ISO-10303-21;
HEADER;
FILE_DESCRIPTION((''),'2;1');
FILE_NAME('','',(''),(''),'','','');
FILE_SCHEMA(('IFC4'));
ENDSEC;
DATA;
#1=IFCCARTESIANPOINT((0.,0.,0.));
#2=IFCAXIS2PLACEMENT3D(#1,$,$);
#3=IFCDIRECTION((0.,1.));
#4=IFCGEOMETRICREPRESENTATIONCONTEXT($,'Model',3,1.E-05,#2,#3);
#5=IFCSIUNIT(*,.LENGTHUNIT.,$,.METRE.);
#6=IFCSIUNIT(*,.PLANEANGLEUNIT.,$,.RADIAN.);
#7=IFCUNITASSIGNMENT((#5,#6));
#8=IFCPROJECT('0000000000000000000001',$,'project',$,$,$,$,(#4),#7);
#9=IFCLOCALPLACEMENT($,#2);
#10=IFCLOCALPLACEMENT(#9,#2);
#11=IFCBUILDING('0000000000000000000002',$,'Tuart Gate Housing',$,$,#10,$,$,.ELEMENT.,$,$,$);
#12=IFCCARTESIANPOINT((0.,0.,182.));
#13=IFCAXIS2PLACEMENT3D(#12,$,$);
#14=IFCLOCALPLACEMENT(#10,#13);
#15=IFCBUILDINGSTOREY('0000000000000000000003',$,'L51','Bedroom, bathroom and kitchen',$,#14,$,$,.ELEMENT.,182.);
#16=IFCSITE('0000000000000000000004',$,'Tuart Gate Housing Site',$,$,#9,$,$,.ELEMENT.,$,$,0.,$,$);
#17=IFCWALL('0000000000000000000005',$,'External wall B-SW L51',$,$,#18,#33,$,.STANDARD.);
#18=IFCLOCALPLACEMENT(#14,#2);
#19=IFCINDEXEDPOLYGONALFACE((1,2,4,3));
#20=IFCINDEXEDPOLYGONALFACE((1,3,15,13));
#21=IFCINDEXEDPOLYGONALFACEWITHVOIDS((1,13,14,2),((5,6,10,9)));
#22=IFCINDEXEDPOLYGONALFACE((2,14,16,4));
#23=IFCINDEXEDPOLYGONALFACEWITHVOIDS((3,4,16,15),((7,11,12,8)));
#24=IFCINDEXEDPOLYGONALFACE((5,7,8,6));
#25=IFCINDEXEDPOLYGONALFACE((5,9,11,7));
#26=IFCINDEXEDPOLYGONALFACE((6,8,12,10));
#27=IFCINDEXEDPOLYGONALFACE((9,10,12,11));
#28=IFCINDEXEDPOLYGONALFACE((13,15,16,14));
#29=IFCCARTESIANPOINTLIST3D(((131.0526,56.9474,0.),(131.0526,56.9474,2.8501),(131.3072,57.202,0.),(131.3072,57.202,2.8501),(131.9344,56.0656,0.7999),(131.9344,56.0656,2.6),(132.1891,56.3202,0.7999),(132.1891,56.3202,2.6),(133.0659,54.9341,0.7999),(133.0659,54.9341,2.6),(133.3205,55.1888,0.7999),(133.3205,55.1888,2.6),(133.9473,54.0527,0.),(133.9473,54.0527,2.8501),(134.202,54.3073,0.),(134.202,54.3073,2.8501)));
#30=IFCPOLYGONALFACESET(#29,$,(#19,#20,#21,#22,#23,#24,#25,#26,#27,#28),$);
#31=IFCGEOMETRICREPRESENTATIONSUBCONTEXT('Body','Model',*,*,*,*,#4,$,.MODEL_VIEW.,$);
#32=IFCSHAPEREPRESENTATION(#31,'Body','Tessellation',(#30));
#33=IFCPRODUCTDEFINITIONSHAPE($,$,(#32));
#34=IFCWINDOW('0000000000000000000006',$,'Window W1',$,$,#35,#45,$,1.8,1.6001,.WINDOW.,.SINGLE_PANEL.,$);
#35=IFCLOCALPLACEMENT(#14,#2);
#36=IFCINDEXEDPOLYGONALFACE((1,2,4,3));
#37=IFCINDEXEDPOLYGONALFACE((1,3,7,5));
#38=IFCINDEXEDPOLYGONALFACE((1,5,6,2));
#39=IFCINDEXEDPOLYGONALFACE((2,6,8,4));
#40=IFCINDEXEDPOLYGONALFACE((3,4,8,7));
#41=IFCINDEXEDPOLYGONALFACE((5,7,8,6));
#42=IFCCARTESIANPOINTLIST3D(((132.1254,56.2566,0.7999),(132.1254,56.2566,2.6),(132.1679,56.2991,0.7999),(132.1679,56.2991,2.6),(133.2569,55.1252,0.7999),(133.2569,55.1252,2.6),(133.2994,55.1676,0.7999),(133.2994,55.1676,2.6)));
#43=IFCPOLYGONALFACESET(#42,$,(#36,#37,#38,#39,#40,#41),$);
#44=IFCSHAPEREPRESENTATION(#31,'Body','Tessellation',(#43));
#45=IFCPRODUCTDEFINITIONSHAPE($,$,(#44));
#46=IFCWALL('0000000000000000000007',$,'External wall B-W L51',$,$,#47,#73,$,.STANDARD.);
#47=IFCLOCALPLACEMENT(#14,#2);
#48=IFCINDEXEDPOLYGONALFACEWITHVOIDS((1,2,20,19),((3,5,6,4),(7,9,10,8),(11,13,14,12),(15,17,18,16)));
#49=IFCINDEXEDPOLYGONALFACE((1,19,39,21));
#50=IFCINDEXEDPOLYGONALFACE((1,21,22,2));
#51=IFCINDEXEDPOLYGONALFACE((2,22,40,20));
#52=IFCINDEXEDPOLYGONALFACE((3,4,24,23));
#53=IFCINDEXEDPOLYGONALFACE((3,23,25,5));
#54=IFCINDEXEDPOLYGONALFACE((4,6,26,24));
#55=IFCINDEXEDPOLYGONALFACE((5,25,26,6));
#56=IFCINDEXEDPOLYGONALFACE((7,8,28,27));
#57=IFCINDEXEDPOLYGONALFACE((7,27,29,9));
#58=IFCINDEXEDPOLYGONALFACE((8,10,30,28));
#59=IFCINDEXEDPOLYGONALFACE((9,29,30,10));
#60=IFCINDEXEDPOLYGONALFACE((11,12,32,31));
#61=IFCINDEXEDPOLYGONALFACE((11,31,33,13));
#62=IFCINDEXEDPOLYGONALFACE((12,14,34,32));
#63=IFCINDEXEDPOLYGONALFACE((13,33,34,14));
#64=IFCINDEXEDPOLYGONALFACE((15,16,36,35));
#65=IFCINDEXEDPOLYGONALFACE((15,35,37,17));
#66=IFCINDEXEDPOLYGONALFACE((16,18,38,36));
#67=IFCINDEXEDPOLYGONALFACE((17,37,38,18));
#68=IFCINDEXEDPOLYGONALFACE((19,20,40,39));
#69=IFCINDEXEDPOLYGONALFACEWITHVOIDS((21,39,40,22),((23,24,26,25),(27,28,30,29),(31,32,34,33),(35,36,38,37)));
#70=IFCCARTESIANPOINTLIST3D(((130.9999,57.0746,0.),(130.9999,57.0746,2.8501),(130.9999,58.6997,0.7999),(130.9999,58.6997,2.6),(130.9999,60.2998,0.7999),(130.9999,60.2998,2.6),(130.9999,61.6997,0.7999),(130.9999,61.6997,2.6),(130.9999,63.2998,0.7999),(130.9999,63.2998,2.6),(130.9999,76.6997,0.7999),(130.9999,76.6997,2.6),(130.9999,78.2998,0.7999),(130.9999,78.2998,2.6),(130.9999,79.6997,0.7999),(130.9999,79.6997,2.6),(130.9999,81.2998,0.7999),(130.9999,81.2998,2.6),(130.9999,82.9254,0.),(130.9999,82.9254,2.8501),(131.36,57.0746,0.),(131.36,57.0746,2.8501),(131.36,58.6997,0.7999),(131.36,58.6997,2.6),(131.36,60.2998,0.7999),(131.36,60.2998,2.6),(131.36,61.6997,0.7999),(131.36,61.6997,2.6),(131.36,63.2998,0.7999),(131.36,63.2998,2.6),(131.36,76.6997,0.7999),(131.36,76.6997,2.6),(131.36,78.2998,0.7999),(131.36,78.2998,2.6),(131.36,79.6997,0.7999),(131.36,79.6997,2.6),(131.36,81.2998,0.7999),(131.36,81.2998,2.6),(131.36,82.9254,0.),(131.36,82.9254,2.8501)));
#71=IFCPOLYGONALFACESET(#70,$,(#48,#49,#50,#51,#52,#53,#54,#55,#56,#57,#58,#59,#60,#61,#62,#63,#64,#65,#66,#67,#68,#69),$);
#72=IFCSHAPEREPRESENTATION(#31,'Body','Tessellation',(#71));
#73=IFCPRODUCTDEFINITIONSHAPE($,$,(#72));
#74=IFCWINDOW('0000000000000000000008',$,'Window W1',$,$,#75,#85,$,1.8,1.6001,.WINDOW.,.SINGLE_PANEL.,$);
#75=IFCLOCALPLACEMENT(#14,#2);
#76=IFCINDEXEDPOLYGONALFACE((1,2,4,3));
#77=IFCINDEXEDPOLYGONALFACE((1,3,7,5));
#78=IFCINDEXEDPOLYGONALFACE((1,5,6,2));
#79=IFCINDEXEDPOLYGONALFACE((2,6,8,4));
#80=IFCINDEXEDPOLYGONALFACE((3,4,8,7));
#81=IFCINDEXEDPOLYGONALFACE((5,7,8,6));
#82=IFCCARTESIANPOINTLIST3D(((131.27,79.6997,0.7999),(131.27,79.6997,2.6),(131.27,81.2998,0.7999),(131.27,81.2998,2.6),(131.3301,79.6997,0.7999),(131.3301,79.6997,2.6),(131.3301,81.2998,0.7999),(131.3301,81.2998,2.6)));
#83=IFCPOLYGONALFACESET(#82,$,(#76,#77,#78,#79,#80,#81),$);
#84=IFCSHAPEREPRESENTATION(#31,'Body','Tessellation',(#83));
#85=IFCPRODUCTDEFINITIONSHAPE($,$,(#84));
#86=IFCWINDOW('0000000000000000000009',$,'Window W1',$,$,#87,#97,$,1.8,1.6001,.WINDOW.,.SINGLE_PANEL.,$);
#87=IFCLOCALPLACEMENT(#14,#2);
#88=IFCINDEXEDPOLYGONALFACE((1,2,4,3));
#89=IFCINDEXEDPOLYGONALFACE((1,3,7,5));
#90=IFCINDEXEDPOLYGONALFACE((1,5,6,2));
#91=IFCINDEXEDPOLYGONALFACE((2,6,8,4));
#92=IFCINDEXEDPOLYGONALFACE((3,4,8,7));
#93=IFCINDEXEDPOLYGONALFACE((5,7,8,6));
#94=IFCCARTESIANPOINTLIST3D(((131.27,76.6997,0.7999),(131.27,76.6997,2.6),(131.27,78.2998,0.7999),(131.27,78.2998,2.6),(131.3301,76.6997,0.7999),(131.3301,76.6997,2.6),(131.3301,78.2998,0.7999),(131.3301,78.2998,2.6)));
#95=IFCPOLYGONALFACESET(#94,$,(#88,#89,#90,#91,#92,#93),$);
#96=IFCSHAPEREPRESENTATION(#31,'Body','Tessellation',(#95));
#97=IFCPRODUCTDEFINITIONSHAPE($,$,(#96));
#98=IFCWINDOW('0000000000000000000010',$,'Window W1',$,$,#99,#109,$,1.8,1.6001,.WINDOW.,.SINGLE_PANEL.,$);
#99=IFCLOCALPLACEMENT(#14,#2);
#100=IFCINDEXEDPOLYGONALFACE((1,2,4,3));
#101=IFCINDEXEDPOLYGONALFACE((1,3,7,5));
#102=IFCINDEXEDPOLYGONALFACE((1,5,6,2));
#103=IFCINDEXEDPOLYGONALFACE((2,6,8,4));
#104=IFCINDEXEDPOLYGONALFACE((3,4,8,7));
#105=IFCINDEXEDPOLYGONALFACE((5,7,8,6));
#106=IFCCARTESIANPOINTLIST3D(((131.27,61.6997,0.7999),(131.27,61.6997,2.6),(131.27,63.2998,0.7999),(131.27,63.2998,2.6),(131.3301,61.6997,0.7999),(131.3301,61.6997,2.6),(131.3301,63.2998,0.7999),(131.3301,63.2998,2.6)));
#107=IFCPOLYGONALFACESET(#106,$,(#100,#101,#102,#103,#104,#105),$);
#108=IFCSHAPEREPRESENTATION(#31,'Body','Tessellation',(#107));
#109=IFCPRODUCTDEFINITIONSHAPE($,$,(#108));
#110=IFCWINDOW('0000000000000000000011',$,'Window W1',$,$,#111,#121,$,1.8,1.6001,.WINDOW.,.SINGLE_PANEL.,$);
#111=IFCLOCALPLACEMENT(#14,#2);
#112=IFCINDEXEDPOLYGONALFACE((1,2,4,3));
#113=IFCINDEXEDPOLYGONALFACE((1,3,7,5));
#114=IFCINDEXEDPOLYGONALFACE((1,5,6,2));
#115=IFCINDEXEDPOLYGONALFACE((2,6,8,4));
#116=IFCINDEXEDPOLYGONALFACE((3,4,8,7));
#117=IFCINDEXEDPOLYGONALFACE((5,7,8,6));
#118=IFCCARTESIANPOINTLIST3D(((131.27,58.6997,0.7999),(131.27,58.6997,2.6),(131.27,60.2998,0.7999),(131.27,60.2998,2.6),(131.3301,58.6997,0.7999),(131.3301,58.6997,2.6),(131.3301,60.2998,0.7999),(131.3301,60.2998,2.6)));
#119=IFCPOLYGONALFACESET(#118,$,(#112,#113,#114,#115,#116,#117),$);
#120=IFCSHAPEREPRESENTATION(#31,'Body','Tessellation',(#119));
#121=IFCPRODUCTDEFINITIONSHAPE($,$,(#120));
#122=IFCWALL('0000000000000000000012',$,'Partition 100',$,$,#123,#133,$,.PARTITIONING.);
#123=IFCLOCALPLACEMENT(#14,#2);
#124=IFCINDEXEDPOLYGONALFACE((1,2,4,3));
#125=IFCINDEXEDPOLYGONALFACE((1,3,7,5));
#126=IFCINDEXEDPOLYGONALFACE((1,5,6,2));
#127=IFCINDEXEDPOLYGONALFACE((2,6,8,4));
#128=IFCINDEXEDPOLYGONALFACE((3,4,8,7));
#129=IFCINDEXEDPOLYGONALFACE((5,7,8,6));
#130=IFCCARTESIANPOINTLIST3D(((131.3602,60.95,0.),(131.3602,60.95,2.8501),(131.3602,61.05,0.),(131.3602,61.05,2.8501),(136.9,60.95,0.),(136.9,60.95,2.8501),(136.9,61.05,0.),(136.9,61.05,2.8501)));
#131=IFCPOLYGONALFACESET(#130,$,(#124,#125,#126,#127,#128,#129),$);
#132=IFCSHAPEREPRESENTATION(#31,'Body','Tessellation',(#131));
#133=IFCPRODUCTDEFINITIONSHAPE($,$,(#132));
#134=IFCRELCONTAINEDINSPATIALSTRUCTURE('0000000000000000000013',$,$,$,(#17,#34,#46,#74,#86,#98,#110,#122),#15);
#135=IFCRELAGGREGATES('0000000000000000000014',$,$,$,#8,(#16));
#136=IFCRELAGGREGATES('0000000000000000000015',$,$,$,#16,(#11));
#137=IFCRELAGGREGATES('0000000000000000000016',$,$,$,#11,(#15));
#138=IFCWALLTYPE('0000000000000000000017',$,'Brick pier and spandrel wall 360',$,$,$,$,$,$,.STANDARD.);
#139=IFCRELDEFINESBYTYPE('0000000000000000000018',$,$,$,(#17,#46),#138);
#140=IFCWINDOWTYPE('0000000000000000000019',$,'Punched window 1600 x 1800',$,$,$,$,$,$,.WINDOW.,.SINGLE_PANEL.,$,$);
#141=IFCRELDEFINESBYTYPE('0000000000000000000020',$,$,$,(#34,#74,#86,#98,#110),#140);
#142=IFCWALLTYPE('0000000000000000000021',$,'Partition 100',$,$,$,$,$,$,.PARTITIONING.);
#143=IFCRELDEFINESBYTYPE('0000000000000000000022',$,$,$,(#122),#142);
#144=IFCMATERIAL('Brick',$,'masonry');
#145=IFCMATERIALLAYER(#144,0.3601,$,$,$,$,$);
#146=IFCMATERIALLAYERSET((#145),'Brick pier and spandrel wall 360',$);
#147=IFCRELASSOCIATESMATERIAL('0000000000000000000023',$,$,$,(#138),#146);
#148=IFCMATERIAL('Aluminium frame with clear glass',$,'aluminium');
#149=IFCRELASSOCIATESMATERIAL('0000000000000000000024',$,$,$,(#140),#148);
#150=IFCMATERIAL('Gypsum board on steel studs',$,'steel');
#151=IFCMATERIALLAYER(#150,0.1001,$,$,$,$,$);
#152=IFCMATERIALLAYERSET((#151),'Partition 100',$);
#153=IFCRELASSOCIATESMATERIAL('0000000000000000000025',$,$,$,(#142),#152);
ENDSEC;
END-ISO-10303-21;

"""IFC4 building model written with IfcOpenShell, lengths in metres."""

from ifc_helpers import new_model, si_unit, direction, frame, frame_2d, origin, place, context, subcontext, project, spatial, rectangle, extrude, material, layer, layer_set, type_object, element, fill, save


model = new_model("IFC4")

# Units and contexts
model_context = context("Model", 3, precision=1e-05, world=origin(), true_north=direction((0.0, 1.0)))
body_context = subcontext(model_context, "Body", "Model", "MODEL_VIEW")
ifc_project = project(units=[si_unit("LENGTHUNIT", "METRE"), si_unit("PLANEANGLEUNIT", "RADIAN")], contexts=[model_context])

# Site, building, storey
site_placement = place(None, origin())
site = spatial("IfcSite", under=ifc_project, at=site_placement, Name="Tuart Gate Housing Site", CompositionType="ELEMENT", RefElevation=0.0)
building_placement = place(site_placement, origin())
building = spatial("IfcBuilding", under=site, at=building_placement, Name="Tuart Gate Housing", CompositionType="ELEMENT")
storey_placement = place(building_placement, frame((0.0, 0.0, 182.0)))
storey = spatial("IfcBuildingStorey", under=building, at=storey_placement, Name="L51", Description="Bedroom, bathroom and kitchen", CompositionType="ELEMENT", Elevation=182.0)

# Shared definitions
ifc_material_1 = material(Name="Brick", Category="masonry")
ifc_layer_1 = layer(ifc_material_1, 0.3601)
ifc_layer_set_1 = layer_set([ifc_layer_1], Name="Brick pier and spandrel wall 360")
wall_type_1 = type_object("IfcWallType", Name="Brick pier and spandrel wall 360", PredefinedType="STANDARD", material=ifc_layer_set_1)
ifc_material_2 = material(Name="Aluminium frame with clear glass", Category="aluminium")
window_type = type_object("IfcWindowType", Name="Punched window 1600 x 1800", PartitioningType="SINGLE_PANEL", PredefinedType="WINDOW", material=ifc_material_2)

# Wall, opening, window
wall_1_placement = place(storey_placement, frame((131.1799, 57.0747, 0.0), z_axis=(0.0, 0.0, 1.0), x_axis=(0.707107, -0.707107, 0.0)))
wall_1 = element("IfcWall", 1, at=wall_1_placement, inside=storey, type_object=wall_type_1, Name="External wall B-SW L51", PredefinedType="STANDARD", context=body_context, shape_type="SweptSolid", body=[
    extrude(rectangle(XDim=4.0938, YDim=0.3601, at=frame_2d((2.0469, 0.0))), origin(), (0.0, 0.0, 1.0), 2.8501),
])
opening_1_placement = place(wall_1_placement, frame((1.2471, 0.0, 0.8)))
opening_1 = element("IfcOpeningElement", 2, at=opening_1_placement, cuts=wall_1, PredefinedType="OPENING", context=body_context, shape_type="SweptSolid", body=[
    extrude(rectangle(XDim=1.6001, YDim=1.8, at=frame_2d((0.8, 0.8999))), frame((0.0, 0.1899, 0.0), z_axis=(0.0, -1.0, 0.0), x_axis=(1.0, 0.0, 0.0)), (0.0, 0.0, 1.0), 0.3801),
])
window_1_placement = place(opening_1_placement, origin())
window_1 = element("IfcWindow", 3, at=window_1_placement, inside=storey, type_object=window_type, Name="Window W1", OverallHeight=1.8, OverallWidth=1.6001, PartitioningType="SINGLE_PANEL", PredefinedType="WINDOW", context=body_context, shape_type="SweptSolid", body=[
    extrude(rectangle(XDim=1.6001, YDim=1.8, at=frame_2d((0.8, 0.8999))), frame((0.0, 0.1501, 0.0), z_axis=(0.0, -1.0, 0.0), x_axis=(1.0, 0.0, 0.0)), (0.0, 0.0, 1.0), 0.0601),
])
fill(opening_1, window_1)

# Wall, openings, windows
wall_2_placement = place(storey_placement, frame((131.1799, 82.9253, 0.0), z_axis=(0.0, 0.0, 1.0), x_axis=(0.0, -1.0, 0.0)))
wall_2 = element("IfcWall", 4, at=wall_2_placement, inside=storey, type_object=wall_type_1, Name="External wall B-W L51", PredefinedType="STANDARD", context=body_context, shape_type="SweptSolid", body=[
    extrude(rectangle(XDim=25.8508, YDim=0.3601, at=frame_2d((12.9253, 0.0))), origin(), (0.0, 0.0, 1.0), 2.8501),
])
opening_2_placement = place(wall_2_placement, frame((1.6255, 0.0, 0.8)))
opening_2 = element("IfcOpeningElement", 5, at=opening_2_placement, cuts=wall_2, PredefinedType="OPENING", context=body_context, shape_type="SweptSolid", body=[
    extrude(rectangle(XDim=1.6001, YDim=1.8, at=frame_2d((0.8, 0.8999))), frame((0.0, 0.1899, 0.0), z_axis=(0.0, -1.0, 0.0), x_axis=(1.0, 0.0, 0.0)), (0.0, 0.0, 1.0), 0.3801),
])
opening_3_placement = place(wall_2_placement, frame((4.6255, 0.0, 0.8)))
opening_3 = element("IfcOpeningElement", 6, at=opening_3_placement, cuts=wall_2, PredefinedType="OPENING", context=body_context, shape_type="SweptSolid", body=[
    extrude(rectangle(XDim=1.6001, YDim=1.8, at=frame_2d((0.8, 0.8999))), frame((0.0, 0.1899, 0.0), z_axis=(0.0, -1.0, 0.0), x_axis=(1.0, 0.0, 0.0)), (0.0, 0.0, 1.0), 0.3801),
])
opening_4_placement = place(wall_2_placement, frame((19.6255, 0.0, 0.8)))
opening_4 = element("IfcOpeningElement", 7, at=opening_4_placement, cuts=wall_2, PredefinedType="OPENING", context=body_context, shape_type="SweptSolid", body=[
    extrude(rectangle(XDim=1.6001, YDim=1.8, at=frame_2d((0.8, 0.8999))), frame((0.0, 0.1899, 0.0), z_axis=(0.0, -1.0, 0.0), x_axis=(1.0, 0.0, 0.0)), (0.0, 0.0, 1.0), 0.3801),
])
opening_5_placement = place(wall_2_placement, frame((22.6255, 0.0, 0.8)))
opening_5 = element("IfcOpeningElement", 8, at=opening_5_placement, cuts=wall_2, PredefinedType="OPENING", context=body_context, shape_type="SweptSolid", body=[
    extrude(rectangle(XDim=1.6001, YDim=1.8, at=frame_2d((0.8, 0.8999))), frame((0.0, 0.1899, 0.0), z_axis=(0.0, -1.0, 0.0), x_axis=(1.0, 0.0, 0.0)), (0.0, 0.0, 1.0), 0.3801),
])
window_2_placement = place(opening_2_placement, origin())
window_2 = element("IfcWindow", 9, at=window_2_placement, inside=storey, type_object=window_type, Name="Window W1", OverallHeight=1.8, OverallWidth=1.6001, PartitioningType="SINGLE_PANEL", PredefinedType="WINDOW", context=body_context, shape_type="SweptSolid", body=[
    extrude(rectangle(XDim=1.6001, YDim=1.8, at=frame_2d((0.8, 0.8999))), frame((0.0, 0.1501, 0.0), z_axis=(0.0, -1.0, 0.0), x_axis=(1.0, 0.0, 0.0)), (0.0, 0.0, 1.0), 0.0601),
])
fill(opening_2, window_2)
window_3_placement = place(opening_3_placement, origin())
window_3 = element("IfcWindow", 10, at=window_3_placement, inside=storey, type_object=window_type, Name="Window W1", OverallHeight=1.8, OverallWidth=1.6001, PartitioningType="SINGLE_PANEL", PredefinedType="WINDOW", context=body_context, shape_type="SweptSolid", body=[
    extrude(rectangle(XDim=1.6001, YDim=1.8, at=frame_2d((0.8, 0.8999))), frame((0.0, 0.1501, 0.0), z_axis=(0.0, -1.0, 0.0), x_axis=(1.0, 0.0, 0.0)), (0.0, 0.0, 1.0), 0.0601),
])
fill(opening_3, window_3)
window_4_placement = place(opening_4_placement, origin())
window_4 = element("IfcWindow", 11, at=window_4_placement, inside=storey, type_object=window_type, Name="Window W1", OverallHeight=1.8, OverallWidth=1.6001, PartitioningType="SINGLE_PANEL", PredefinedType="WINDOW", context=body_context, shape_type="SweptSolid", body=[
    extrude(rectangle(XDim=1.6001, YDim=1.8, at=frame_2d((0.8, 0.8999))), frame((0.0, 0.1501, 0.0), z_axis=(0.0, -1.0, 0.0), x_axis=(1.0, 0.0, 0.0)), (0.0, 0.0, 1.0), 0.0601),
])
fill(opening_4, window_4)
window_5_placement = place(opening_5_placement, origin())
window_5 = element("IfcWindow", 12, at=window_5_placement, inside=storey, type_object=window_type, Name="Window W1", OverallHeight=1.8, OverallWidth=1.6001, PartitioningType="SINGLE_PANEL", PredefinedType="WINDOW", context=body_context, shape_type="SweptSolid", body=[
    extrude(rectangle(XDim=1.6001, YDim=1.8, at=frame_2d((0.8, 0.8999))), frame((0.0, 0.1501, 0.0), z_axis=(0.0, -1.0, 0.0), x_axis=(1.0, 0.0, 0.0)), (0.0, 0.0, 1.0), 0.0601),
])
fill(opening_5, window_5)

# Wall
ifc_material_3 = material(Name="Gypsum board on steel studs", Category="steel")
ifc_layer_2 = layer(ifc_material_3, 0.1001)
ifc_layer_set_2 = layer_set([ifc_layer_2], Name="Partition 100")
wall_type_2 = type_object("IfcWallType", Name="Partition 100", PredefinedType="PARTITIONING", material=ifc_layer_set_2)
wall_3_placement = place(storey_placement, frame((131.3601, 61.0, 0.0), z_axis=(0.0, 0.0, 1.0), x_axis=(1.0, 0.0, 0.0)))
element("IfcWall", 13, at=wall_3_placement, inside=storey, type_object=wall_type_2, Name="Partition 100", PredefinedType="PARTITIONING", context=body_context, shape_type="SweptSolid", body=[
    extrude(rectangle(XDim=5.5398, YDim=0.1001, at=frame_2d((2.77, 0.0))), origin(), (0.0, 0.0, 1.0), 2.8501),
])

save(model, "model.ifc")
